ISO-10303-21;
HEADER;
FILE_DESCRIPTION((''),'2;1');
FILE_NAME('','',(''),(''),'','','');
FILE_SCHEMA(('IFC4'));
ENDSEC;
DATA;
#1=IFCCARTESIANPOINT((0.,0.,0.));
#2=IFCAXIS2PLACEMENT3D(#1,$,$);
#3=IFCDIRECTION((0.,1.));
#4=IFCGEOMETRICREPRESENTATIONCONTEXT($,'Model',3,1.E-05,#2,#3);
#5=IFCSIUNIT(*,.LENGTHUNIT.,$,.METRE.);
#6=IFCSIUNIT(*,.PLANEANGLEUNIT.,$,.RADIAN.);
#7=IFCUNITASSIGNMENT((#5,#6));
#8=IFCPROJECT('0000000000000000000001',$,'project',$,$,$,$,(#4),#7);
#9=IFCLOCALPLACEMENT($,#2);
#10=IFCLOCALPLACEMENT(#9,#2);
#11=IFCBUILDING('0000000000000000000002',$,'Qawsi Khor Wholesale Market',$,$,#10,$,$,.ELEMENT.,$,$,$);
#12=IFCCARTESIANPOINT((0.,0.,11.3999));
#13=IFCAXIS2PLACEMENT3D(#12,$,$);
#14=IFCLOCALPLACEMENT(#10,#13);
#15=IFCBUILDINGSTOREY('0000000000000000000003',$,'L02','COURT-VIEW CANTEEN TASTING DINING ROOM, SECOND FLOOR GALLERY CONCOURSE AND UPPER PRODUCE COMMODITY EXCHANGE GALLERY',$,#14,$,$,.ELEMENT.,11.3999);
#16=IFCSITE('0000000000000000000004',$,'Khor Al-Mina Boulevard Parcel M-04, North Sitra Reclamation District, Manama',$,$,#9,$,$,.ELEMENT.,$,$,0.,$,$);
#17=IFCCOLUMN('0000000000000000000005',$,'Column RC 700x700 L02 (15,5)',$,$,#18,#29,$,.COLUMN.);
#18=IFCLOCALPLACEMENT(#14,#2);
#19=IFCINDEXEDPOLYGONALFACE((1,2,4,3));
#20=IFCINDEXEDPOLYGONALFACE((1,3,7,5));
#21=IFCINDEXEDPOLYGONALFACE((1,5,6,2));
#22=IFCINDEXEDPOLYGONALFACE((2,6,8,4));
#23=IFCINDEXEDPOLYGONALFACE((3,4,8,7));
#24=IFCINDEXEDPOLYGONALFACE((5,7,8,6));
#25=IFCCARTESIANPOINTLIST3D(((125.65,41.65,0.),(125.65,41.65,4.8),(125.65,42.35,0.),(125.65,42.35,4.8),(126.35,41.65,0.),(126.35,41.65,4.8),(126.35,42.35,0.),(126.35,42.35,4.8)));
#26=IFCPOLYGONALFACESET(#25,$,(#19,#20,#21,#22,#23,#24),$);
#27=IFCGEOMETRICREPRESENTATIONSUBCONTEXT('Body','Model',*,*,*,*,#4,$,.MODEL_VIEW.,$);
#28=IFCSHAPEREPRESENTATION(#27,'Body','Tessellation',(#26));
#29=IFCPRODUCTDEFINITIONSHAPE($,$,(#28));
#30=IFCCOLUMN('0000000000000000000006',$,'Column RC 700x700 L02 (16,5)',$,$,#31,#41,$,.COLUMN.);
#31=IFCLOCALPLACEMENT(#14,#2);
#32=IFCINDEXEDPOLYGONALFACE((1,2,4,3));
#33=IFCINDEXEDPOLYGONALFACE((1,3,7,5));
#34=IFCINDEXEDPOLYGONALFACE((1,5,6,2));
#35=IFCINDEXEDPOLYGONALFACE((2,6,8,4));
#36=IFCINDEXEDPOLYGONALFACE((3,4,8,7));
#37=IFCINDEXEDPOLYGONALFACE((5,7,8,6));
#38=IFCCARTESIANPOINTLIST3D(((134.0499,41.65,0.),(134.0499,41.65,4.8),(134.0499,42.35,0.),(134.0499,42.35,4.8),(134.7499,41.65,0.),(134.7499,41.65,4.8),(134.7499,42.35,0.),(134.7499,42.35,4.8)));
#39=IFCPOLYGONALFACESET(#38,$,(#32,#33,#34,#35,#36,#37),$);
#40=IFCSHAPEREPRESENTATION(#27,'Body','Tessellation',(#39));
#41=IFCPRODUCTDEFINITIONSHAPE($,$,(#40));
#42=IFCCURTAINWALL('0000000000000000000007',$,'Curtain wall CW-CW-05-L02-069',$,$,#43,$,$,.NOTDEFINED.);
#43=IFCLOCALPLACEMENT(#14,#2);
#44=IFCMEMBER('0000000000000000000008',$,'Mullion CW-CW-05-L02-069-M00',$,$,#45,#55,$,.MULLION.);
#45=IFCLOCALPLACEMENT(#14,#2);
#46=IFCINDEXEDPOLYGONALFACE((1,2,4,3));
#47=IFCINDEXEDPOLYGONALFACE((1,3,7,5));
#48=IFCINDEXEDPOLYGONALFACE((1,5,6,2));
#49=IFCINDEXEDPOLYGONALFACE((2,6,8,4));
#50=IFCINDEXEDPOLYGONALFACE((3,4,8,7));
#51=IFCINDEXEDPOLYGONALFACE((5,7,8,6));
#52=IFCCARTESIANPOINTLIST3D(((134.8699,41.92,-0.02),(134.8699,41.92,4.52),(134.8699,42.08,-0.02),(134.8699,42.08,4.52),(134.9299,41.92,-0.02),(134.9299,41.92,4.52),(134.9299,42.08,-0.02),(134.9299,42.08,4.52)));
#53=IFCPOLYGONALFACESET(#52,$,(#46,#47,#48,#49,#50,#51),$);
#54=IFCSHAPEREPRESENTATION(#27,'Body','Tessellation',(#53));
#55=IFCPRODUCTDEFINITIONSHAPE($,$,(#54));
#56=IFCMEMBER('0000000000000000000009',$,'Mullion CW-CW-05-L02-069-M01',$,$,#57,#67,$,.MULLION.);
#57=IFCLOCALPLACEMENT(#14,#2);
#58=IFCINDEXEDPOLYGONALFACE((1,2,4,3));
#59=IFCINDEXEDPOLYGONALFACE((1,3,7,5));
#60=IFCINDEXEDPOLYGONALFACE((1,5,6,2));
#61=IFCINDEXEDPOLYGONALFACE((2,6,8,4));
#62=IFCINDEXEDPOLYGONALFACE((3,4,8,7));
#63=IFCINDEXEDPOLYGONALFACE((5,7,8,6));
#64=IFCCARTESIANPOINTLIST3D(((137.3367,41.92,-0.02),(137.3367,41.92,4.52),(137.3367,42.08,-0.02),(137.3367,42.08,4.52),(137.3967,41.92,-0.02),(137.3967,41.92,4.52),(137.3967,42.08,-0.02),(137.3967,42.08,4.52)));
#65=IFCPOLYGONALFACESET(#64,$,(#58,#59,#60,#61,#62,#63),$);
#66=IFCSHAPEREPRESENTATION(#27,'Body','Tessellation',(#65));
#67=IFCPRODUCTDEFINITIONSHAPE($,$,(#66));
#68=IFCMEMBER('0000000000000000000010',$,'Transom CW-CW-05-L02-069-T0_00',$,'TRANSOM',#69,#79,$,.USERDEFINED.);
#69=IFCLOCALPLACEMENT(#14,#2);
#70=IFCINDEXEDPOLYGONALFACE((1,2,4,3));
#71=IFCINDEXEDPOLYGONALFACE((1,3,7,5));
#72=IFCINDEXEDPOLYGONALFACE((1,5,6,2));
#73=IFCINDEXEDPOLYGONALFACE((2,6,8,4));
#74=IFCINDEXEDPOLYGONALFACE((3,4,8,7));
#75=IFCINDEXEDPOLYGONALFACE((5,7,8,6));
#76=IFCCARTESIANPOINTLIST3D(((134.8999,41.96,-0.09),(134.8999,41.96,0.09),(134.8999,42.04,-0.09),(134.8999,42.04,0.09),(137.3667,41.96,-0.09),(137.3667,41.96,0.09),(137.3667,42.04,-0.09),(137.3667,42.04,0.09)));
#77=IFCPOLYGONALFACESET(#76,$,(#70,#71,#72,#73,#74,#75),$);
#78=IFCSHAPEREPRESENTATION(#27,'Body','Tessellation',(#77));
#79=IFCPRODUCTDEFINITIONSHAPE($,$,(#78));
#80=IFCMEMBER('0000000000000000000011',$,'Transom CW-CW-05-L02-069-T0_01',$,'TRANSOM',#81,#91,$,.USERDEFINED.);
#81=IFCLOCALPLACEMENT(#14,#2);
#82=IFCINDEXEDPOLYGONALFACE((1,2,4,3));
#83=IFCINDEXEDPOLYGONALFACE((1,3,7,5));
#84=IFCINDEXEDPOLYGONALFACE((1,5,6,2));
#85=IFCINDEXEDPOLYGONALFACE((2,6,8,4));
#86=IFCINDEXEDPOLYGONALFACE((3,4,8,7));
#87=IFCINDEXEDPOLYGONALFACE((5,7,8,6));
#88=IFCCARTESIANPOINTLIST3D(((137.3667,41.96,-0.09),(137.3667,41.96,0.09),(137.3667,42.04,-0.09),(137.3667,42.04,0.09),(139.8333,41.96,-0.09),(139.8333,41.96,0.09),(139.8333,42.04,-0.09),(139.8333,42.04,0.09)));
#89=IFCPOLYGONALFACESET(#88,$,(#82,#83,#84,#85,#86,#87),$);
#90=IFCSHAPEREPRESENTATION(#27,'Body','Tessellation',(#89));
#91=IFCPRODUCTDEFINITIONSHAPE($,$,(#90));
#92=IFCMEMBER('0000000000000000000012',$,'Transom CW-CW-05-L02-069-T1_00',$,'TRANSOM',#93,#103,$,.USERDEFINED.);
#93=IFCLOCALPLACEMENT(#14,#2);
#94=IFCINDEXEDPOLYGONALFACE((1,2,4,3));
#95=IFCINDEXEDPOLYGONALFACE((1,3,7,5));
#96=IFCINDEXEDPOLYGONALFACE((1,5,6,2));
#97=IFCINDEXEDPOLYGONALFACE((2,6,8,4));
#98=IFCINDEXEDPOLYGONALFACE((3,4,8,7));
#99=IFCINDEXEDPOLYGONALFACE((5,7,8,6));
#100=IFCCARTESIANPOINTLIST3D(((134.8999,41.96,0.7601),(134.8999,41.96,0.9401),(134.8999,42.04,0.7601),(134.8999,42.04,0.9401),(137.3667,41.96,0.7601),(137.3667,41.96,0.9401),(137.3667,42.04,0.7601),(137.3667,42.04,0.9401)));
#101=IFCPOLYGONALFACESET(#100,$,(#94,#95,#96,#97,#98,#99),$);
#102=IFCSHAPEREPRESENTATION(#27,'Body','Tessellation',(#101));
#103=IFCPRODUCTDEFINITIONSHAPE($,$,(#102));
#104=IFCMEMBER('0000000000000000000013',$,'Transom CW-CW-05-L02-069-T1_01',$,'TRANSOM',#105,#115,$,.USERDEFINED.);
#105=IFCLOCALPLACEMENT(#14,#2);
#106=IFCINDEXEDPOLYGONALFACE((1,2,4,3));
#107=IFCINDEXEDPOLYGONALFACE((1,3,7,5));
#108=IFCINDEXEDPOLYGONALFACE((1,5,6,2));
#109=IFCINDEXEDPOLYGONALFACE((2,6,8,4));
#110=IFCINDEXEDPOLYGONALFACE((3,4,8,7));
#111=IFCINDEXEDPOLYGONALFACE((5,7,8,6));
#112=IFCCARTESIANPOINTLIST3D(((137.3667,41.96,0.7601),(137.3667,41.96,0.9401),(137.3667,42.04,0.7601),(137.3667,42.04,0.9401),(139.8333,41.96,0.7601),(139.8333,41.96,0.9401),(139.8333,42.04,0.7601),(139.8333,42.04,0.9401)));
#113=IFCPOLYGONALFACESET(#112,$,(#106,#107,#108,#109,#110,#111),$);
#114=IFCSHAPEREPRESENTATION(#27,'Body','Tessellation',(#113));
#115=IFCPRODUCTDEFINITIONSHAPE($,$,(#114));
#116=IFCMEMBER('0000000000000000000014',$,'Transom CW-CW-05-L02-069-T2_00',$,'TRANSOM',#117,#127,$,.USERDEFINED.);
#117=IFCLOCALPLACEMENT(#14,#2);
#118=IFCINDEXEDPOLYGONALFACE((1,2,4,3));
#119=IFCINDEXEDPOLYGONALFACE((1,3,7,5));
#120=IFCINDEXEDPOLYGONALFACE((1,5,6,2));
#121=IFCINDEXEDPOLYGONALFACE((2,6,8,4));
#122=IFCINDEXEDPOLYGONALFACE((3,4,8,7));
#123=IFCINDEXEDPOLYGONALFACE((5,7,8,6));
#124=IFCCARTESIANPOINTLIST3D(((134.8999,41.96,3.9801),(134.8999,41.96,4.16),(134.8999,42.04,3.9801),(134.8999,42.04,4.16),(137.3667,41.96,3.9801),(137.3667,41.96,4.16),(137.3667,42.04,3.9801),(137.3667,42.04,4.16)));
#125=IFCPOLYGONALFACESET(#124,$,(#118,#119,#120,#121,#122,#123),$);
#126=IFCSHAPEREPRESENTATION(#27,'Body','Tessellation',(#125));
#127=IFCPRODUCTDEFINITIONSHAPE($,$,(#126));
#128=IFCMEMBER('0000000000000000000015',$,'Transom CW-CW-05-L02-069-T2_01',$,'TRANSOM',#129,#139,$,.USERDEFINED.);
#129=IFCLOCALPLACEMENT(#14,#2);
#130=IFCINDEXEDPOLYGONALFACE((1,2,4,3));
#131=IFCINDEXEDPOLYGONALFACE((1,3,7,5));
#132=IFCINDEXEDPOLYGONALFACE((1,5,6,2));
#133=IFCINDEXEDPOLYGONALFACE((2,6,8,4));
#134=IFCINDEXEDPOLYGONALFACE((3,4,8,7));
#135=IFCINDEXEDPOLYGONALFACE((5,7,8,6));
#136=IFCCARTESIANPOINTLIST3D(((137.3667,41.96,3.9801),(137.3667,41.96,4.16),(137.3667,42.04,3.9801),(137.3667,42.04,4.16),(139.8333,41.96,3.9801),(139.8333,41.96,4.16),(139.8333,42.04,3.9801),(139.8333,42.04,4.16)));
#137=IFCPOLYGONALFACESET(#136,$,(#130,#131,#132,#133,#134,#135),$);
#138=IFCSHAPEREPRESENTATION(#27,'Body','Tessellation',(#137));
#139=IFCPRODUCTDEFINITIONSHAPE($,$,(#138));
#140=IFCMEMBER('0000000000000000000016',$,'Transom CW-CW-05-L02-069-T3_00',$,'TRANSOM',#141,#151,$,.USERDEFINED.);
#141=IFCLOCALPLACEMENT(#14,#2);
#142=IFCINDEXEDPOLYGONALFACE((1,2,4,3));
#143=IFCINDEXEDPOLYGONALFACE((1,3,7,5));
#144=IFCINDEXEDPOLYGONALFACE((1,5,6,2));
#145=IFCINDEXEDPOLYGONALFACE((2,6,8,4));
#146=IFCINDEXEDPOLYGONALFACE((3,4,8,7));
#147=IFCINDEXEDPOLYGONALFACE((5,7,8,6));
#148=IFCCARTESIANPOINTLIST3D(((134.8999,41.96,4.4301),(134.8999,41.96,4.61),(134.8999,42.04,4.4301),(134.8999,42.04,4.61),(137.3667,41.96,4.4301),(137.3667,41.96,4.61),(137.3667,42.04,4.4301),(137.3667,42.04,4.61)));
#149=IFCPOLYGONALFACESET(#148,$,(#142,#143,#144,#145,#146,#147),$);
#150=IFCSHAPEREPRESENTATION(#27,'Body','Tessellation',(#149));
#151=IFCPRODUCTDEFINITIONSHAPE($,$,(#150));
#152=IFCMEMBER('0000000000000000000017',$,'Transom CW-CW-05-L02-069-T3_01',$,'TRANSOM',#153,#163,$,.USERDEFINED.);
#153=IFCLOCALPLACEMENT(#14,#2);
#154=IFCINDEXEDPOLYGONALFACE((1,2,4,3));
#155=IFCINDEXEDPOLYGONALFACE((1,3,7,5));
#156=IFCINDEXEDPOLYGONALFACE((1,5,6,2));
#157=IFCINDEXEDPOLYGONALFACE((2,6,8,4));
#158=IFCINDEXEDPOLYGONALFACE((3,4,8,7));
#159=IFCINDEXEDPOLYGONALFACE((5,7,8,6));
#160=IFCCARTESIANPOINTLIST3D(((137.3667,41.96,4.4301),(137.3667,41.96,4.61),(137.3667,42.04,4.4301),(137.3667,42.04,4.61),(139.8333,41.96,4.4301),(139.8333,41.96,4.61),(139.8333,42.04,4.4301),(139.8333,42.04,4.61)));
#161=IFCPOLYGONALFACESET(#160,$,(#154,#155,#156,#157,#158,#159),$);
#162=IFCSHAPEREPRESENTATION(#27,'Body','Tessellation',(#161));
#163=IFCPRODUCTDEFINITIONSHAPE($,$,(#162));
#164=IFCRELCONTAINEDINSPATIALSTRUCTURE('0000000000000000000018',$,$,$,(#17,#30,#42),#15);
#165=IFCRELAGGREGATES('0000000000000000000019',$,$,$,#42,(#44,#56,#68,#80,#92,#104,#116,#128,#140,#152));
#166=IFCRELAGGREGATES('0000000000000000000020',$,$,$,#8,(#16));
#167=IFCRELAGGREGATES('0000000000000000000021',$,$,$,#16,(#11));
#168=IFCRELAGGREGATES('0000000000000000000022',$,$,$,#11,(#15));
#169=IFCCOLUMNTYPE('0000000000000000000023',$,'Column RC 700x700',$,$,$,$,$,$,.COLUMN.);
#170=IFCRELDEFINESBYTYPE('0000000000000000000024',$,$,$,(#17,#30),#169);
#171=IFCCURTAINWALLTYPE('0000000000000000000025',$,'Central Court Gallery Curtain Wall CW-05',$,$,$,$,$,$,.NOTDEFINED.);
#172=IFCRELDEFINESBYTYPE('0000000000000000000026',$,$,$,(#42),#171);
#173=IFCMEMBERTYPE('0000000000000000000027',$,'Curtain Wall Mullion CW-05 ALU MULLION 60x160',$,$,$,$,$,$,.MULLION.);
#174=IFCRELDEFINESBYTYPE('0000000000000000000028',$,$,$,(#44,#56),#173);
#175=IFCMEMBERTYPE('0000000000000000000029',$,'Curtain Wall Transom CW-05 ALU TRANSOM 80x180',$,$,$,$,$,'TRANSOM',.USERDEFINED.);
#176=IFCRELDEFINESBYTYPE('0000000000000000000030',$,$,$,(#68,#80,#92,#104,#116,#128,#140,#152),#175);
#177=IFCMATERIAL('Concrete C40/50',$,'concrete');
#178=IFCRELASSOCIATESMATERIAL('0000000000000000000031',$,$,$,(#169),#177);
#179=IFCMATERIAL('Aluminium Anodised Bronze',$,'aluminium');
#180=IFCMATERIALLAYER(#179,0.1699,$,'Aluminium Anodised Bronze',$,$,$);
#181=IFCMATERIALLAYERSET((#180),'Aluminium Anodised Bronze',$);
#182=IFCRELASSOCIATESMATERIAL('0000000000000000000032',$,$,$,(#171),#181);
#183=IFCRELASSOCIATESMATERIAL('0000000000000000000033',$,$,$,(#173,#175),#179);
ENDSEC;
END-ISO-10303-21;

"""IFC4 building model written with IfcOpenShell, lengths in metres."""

from ifc_helpers import new_model, si_unit, direction, frame, origin, origin_2d, place, context, subcontext, project, spatial, rectangle, extrude, material, layer, layer_set, material_profile, profile_set, type_object, element, aggregate, save


model = new_model("IFC4")

# Units and contexts
model_context = context("Model", 3, precision=1e-05, world=origin(), true_north=direction((0.0, 1.0)))
body_context = subcontext(model_context, "Body", "Model", "MODEL_VIEW")
ifc_project = project(units=[si_unit("LENGTHUNIT", "METRE"), si_unit("PLANEANGLEUNIT", "RADIAN")], contexts=[model_context])

# Site, building, storey
site_placement = place(None, origin())
site = spatial("IfcSite", under=ifc_project, at=site_placement, Name="Khor Al-Mina Boulevard Parcel M-04, North Sitra Reclamation District, Manama", CompositionType="ELEMENT", RefElevation=0.0)
building_placement = place(site_placement, origin())
building = spatial("IfcBuilding", under=site, at=building_placement, Name="Qawsi Khor Wholesale Market", CompositionType="ELEMENT")
storey_placement = place(building_placement, frame((0.0, 0.0, 11.3999)))
storey = spatial("IfcBuildingStorey", under=building, at=storey_placement, Name="L02", Description="COURT-VIEW CANTEEN TASTING DINING ROOM, SECOND FLOOR GALLERY CONCOURSE AND UPPER PRODUCE COMMODITY EXCHANGE GALLERY", CompositionType="ELEMENT", Elevation=11.3999)

# Columns
ifc_material_1 = material(Name="Concrete C40/50", Category="concrete")
ifc_material_profile_1 = material_profile(ifc_material_1, rectangle(XDim=0.7, YDim=0.7, at=origin_2d()), Name="RC 700x700")
ifc_profile_set_1 = profile_set([ifc_material_profile_1], Name="Concrete C40/50")
column_type = type_object("IfcColumnType", Name="Column RC 700x700", PredefinedType="COLUMN", material=ifc_profile_set_1)
for number, where, z_axis, x_axis, name in (
    (1, (126.0, 42.0, 0.0), (0.0, 0.0, 1.0), (1.0, 0.0, 0.0), "Column RC 700x700 L02 (15,5)"),
    (2, (134.3999, 42.0, 0.0), (0.0, 0.0, 1.0), (1.0, 0.0, 0.0), "Column RC 700x700 L02 (16,5)"),
):
    element("IfcColumn", number, at=place(storey_placement, frame(where, z_axis=z_axis, x_axis=x_axis)), inside=storey, type_object=column_type, Name=name, PredefinedType="COLUMN", context=body_context, shape_type="SweptSolid", body=[
        extrude(rectangle(XDim=0.7, YDim=0.7, at=origin_2d()), origin(), (0.0, 0.0, 1.0), 4.8),
    ])

# Curtain wall, members
ifc_material_2 = material(Name="Aluminium Anodised Bronze", Category="aluminium")
ifc_layer_1 = layer(ifc_material_2, 0.1699, Name="Aluminium Anodised Bronze")
ifc_layer_set_1 = layer_set([ifc_layer_1], Name="Aluminium Anodised Bronze")
curtain_wall_type = type_object("IfcCurtainWallType", Name="Central Court Gallery Curtain Wall CW-05", PredefinedType="NOTDEFINED", material=ifc_layer_set_1)
curtain_wall_placement = place(storey_placement, origin())
curtain_wall = element("IfcCurtainWall", 3, at=curtain_wall_placement, inside=storey, type_object=curtain_wall_type, Name="Curtain wall CW-CW-05-L02-069", PredefinedType="NOTDEFINED")
ifc_material_profile_2 = material_profile(ifc_material_2, rectangle(XDim=0.0601, YDim=0.1599, at=origin_2d()), Name="ALU MULLION 60x160")
ifc_profile_set_2 = profile_set([ifc_material_profile_2], Name="Aluminium Anodised Bronze")
member_type_1 = type_object("IfcMemberType", Name="Curtain Wall Mullion CW-05 ALU MULLION 60x160", PredefinedType="MULLION", material=ifc_profile_set_2)
member_1_placement = place(storey_placement, frame((134.8999, 42.0, -0.02), z_axis=(0.0, 0.0, 1.0), x_axis=(1.0, 0.0, 0.0)))
member_1 = element("IfcMember", 4, at=member_1_placement, type_object=member_type_1, Name="Mullion CW-CW-05-L02-069-M00", PredefinedType="MULLION", context=body_context, shape_type="SweptSolid", body=[
    extrude(rectangle(XDim=0.0601, YDim=0.1599, at=origin_2d()), origin(), (0.0, 0.0, 1.0), 4.54),
])
member_2_placement = place(storey_placement, frame((137.3667, 42.0, -0.02), z_axis=(0.0, 0.0, 1.0), x_axis=(1.0, 0.0, 0.0)))
member_2 = element("IfcMember", 5, at=member_2_placement, type_object=member_type_1, Name="Mullion CW-CW-05-L02-069-M01", PredefinedType="MULLION", context=body_context, shape_type="SweptSolid", body=[
    extrude(rectangle(XDim=0.0601, YDim=0.1599, at=origin_2d()), origin(), (0.0, 0.0, 1.0), 4.54),
])
ifc_material_profile_3 = material_profile(ifc_material_2, rectangle(XDim=0.0801, YDim=0.1799, at=origin_2d()), Name="ALU TRANSOM 80x180")
ifc_profile_set_3 = profile_set([ifc_material_profile_3], Name="Aluminium Anodised Bronze")
member_type_2 = type_object("IfcMemberType", Name="Curtain Wall Transom CW-05 ALU TRANSOM 80x180", ElementType="TRANSOM", PredefinedType="USERDEFINED", material=ifc_profile_set_3)
member_3_placement = place(storey_placement, frame((134.8999, 42.0, 0.0), z_axis=(1.0, 0.0, 0.0), x_axis=(0.0, 1.0, 0.0)))
member_3 = element("IfcMember", 6, at=member_3_placement, type_object=member_type_2, Name="Transom CW-CW-05-L02-069-T0_00", ObjectType="TRANSOM", PredefinedType="USERDEFINED", context=body_context, shape_type="SweptSolid", body=[
    extrude(rectangle(XDim=0.0801, YDim=0.1799, at=origin_2d()), origin(), (0.0, 0.0, 1.0), 2.4668),
])
member_4_placement = place(storey_placement, frame((137.3667, 42.0, 0.0), z_axis=(1.0, 0.0, 0.0), x_axis=(0.0, 1.0, 0.0)))
member_4 = element("IfcMember", 7, at=member_4_placement, type_object=member_type_2, Name="Transom CW-CW-05-L02-069-T0_01", ObjectType="TRANSOM", PredefinedType="USERDEFINED", context=body_context, shape_type="SweptSolid", body=[
    extrude(rectangle(XDim=0.0801, YDim=0.1799, at=origin_2d()), origin(), (0.0, 0.0, 1.0), 2.4666),
])
member_5_placement = place(storey_placement, frame((134.8999, 42.0, 0.8501), z_axis=(1.0, 0.0, 0.0), x_axis=(0.0, 1.0, 0.0)))
member_5 = element("IfcMember", 8, at=member_5_placement, type_object=member_type_2, Name="Transom CW-CW-05-L02-069-T1_00", ObjectType="TRANSOM", PredefinedType="USERDEFINED", context=body_context, shape_type="SweptSolid", body=[
    extrude(rectangle(XDim=0.0801, YDim=0.1799, at=origin_2d()), origin(), (0.0, 0.0, 1.0), 2.4668),
])
member_6_placement = place(storey_placement, frame((137.3667, 42.0, 0.8501), z_axis=(1.0, 0.0, 0.0), x_axis=(0.0, 1.0, 0.0)))
member_6 = element("IfcMember", 9, at=member_6_placement, type_object=member_type_2, Name="Transom CW-CW-05-L02-069-T1_01", ObjectType="TRANSOM", PredefinedType="USERDEFINED", context=body_context, shape_type="SweptSolid", body=[
    extrude(rectangle(XDim=0.0801, YDim=0.1799, at=origin_2d()), origin(), (0.0, 0.0, 1.0), 2.4666),
])
member_7_placement = place(storey_placement, frame((134.8999, 42.0, 4.0701), z_axis=(1.0, 0.0, 0.0), x_axis=(0.0, 1.0, 0.0)))
member_7 = element("IfcMember", 10, at=member_7_placement, type_object=member_type_2, Name="Transom CW-CW-05-L02-069-T2_00", ObjectType="TRANSOM", PredefinedType="USERDEFINED", context=body_context, shape_type="SweptSolid", body=[
    extrude(rectangle(XDim=0.0801, YDim=0.1799, at=origin_2d()), origin(), (0.0, 0.0, 1.0), 2.4668),
])
member_8_placement = place(storey_placement, frame((137.3667, 42.0, 4.0701), z_axis=(1.0, 0.0, 0.0), x_axis=(0.0, 1.0, 0.0)))
member_8 = element("IfcMember", 11, at=member_8_placement, type_object=member_type_2, Name="Transom CW-CW-05-L02-069-T2_01", ObjectType="TRANSOM", PredefinedType="USERDEFINED", context=body_context, shape_type="SweptSolid", body=[
    extrude(rectangle(XDim=0.0801, YDim=0.1799, at=origin_2d()), origin(), (0.0, 0.0, 1.0), 2.4666),
])
member_9_placement = place(storey_placement, frame((134.8999, 42.0, 4.52), z_axis=(1.0, 0.0, 0.0), x_axis=(0.0, 1.0, 0.0)))
member_9 = element("IfcMember", 12, at=member_9_placement, type_object=member_type_2, Name="Transom CW-CW-05-L02-069-T3_00", ObjectType="TRANSOM", PredefinedType="USERDEFINED", context=body_context, shape_type="SweptSolid", body=[
    extrude(rectangle(XDim=0.0801, YDim=0.1799, at=origin_2d()), origin(), (0.0, 0.0, 1.0), 2.4668),
])
member_10_placement = place(storey_placement, frame((137.3667, 42.0, 4.52), z_axis=(1.0, 0.0, 0.0), x_axis=(0.0, 1.0, 0.0)))
member_10 = element("IfcMember", 13, at=member_10_placement, type_object=member_type_2, Name="Transom CW-CW-05-L02-069-T3_01", ObjectType="TRANSOM", PredefinedType="USERDEFINED", context=body_context, shape_type="SweptSolid", body=[
    extrude(rectangle(XDim=0.0801, YDim=0.1799, at=origin_2d()), origin(), (0.0, 0.0, 1.0), 2.4666),
])

aggregate(curtain_wall, [member_1, member_2, member_3, member_4, member_5, member_6, member_7, member_8, member_9, member_10])

save(model, "model.ifc")
